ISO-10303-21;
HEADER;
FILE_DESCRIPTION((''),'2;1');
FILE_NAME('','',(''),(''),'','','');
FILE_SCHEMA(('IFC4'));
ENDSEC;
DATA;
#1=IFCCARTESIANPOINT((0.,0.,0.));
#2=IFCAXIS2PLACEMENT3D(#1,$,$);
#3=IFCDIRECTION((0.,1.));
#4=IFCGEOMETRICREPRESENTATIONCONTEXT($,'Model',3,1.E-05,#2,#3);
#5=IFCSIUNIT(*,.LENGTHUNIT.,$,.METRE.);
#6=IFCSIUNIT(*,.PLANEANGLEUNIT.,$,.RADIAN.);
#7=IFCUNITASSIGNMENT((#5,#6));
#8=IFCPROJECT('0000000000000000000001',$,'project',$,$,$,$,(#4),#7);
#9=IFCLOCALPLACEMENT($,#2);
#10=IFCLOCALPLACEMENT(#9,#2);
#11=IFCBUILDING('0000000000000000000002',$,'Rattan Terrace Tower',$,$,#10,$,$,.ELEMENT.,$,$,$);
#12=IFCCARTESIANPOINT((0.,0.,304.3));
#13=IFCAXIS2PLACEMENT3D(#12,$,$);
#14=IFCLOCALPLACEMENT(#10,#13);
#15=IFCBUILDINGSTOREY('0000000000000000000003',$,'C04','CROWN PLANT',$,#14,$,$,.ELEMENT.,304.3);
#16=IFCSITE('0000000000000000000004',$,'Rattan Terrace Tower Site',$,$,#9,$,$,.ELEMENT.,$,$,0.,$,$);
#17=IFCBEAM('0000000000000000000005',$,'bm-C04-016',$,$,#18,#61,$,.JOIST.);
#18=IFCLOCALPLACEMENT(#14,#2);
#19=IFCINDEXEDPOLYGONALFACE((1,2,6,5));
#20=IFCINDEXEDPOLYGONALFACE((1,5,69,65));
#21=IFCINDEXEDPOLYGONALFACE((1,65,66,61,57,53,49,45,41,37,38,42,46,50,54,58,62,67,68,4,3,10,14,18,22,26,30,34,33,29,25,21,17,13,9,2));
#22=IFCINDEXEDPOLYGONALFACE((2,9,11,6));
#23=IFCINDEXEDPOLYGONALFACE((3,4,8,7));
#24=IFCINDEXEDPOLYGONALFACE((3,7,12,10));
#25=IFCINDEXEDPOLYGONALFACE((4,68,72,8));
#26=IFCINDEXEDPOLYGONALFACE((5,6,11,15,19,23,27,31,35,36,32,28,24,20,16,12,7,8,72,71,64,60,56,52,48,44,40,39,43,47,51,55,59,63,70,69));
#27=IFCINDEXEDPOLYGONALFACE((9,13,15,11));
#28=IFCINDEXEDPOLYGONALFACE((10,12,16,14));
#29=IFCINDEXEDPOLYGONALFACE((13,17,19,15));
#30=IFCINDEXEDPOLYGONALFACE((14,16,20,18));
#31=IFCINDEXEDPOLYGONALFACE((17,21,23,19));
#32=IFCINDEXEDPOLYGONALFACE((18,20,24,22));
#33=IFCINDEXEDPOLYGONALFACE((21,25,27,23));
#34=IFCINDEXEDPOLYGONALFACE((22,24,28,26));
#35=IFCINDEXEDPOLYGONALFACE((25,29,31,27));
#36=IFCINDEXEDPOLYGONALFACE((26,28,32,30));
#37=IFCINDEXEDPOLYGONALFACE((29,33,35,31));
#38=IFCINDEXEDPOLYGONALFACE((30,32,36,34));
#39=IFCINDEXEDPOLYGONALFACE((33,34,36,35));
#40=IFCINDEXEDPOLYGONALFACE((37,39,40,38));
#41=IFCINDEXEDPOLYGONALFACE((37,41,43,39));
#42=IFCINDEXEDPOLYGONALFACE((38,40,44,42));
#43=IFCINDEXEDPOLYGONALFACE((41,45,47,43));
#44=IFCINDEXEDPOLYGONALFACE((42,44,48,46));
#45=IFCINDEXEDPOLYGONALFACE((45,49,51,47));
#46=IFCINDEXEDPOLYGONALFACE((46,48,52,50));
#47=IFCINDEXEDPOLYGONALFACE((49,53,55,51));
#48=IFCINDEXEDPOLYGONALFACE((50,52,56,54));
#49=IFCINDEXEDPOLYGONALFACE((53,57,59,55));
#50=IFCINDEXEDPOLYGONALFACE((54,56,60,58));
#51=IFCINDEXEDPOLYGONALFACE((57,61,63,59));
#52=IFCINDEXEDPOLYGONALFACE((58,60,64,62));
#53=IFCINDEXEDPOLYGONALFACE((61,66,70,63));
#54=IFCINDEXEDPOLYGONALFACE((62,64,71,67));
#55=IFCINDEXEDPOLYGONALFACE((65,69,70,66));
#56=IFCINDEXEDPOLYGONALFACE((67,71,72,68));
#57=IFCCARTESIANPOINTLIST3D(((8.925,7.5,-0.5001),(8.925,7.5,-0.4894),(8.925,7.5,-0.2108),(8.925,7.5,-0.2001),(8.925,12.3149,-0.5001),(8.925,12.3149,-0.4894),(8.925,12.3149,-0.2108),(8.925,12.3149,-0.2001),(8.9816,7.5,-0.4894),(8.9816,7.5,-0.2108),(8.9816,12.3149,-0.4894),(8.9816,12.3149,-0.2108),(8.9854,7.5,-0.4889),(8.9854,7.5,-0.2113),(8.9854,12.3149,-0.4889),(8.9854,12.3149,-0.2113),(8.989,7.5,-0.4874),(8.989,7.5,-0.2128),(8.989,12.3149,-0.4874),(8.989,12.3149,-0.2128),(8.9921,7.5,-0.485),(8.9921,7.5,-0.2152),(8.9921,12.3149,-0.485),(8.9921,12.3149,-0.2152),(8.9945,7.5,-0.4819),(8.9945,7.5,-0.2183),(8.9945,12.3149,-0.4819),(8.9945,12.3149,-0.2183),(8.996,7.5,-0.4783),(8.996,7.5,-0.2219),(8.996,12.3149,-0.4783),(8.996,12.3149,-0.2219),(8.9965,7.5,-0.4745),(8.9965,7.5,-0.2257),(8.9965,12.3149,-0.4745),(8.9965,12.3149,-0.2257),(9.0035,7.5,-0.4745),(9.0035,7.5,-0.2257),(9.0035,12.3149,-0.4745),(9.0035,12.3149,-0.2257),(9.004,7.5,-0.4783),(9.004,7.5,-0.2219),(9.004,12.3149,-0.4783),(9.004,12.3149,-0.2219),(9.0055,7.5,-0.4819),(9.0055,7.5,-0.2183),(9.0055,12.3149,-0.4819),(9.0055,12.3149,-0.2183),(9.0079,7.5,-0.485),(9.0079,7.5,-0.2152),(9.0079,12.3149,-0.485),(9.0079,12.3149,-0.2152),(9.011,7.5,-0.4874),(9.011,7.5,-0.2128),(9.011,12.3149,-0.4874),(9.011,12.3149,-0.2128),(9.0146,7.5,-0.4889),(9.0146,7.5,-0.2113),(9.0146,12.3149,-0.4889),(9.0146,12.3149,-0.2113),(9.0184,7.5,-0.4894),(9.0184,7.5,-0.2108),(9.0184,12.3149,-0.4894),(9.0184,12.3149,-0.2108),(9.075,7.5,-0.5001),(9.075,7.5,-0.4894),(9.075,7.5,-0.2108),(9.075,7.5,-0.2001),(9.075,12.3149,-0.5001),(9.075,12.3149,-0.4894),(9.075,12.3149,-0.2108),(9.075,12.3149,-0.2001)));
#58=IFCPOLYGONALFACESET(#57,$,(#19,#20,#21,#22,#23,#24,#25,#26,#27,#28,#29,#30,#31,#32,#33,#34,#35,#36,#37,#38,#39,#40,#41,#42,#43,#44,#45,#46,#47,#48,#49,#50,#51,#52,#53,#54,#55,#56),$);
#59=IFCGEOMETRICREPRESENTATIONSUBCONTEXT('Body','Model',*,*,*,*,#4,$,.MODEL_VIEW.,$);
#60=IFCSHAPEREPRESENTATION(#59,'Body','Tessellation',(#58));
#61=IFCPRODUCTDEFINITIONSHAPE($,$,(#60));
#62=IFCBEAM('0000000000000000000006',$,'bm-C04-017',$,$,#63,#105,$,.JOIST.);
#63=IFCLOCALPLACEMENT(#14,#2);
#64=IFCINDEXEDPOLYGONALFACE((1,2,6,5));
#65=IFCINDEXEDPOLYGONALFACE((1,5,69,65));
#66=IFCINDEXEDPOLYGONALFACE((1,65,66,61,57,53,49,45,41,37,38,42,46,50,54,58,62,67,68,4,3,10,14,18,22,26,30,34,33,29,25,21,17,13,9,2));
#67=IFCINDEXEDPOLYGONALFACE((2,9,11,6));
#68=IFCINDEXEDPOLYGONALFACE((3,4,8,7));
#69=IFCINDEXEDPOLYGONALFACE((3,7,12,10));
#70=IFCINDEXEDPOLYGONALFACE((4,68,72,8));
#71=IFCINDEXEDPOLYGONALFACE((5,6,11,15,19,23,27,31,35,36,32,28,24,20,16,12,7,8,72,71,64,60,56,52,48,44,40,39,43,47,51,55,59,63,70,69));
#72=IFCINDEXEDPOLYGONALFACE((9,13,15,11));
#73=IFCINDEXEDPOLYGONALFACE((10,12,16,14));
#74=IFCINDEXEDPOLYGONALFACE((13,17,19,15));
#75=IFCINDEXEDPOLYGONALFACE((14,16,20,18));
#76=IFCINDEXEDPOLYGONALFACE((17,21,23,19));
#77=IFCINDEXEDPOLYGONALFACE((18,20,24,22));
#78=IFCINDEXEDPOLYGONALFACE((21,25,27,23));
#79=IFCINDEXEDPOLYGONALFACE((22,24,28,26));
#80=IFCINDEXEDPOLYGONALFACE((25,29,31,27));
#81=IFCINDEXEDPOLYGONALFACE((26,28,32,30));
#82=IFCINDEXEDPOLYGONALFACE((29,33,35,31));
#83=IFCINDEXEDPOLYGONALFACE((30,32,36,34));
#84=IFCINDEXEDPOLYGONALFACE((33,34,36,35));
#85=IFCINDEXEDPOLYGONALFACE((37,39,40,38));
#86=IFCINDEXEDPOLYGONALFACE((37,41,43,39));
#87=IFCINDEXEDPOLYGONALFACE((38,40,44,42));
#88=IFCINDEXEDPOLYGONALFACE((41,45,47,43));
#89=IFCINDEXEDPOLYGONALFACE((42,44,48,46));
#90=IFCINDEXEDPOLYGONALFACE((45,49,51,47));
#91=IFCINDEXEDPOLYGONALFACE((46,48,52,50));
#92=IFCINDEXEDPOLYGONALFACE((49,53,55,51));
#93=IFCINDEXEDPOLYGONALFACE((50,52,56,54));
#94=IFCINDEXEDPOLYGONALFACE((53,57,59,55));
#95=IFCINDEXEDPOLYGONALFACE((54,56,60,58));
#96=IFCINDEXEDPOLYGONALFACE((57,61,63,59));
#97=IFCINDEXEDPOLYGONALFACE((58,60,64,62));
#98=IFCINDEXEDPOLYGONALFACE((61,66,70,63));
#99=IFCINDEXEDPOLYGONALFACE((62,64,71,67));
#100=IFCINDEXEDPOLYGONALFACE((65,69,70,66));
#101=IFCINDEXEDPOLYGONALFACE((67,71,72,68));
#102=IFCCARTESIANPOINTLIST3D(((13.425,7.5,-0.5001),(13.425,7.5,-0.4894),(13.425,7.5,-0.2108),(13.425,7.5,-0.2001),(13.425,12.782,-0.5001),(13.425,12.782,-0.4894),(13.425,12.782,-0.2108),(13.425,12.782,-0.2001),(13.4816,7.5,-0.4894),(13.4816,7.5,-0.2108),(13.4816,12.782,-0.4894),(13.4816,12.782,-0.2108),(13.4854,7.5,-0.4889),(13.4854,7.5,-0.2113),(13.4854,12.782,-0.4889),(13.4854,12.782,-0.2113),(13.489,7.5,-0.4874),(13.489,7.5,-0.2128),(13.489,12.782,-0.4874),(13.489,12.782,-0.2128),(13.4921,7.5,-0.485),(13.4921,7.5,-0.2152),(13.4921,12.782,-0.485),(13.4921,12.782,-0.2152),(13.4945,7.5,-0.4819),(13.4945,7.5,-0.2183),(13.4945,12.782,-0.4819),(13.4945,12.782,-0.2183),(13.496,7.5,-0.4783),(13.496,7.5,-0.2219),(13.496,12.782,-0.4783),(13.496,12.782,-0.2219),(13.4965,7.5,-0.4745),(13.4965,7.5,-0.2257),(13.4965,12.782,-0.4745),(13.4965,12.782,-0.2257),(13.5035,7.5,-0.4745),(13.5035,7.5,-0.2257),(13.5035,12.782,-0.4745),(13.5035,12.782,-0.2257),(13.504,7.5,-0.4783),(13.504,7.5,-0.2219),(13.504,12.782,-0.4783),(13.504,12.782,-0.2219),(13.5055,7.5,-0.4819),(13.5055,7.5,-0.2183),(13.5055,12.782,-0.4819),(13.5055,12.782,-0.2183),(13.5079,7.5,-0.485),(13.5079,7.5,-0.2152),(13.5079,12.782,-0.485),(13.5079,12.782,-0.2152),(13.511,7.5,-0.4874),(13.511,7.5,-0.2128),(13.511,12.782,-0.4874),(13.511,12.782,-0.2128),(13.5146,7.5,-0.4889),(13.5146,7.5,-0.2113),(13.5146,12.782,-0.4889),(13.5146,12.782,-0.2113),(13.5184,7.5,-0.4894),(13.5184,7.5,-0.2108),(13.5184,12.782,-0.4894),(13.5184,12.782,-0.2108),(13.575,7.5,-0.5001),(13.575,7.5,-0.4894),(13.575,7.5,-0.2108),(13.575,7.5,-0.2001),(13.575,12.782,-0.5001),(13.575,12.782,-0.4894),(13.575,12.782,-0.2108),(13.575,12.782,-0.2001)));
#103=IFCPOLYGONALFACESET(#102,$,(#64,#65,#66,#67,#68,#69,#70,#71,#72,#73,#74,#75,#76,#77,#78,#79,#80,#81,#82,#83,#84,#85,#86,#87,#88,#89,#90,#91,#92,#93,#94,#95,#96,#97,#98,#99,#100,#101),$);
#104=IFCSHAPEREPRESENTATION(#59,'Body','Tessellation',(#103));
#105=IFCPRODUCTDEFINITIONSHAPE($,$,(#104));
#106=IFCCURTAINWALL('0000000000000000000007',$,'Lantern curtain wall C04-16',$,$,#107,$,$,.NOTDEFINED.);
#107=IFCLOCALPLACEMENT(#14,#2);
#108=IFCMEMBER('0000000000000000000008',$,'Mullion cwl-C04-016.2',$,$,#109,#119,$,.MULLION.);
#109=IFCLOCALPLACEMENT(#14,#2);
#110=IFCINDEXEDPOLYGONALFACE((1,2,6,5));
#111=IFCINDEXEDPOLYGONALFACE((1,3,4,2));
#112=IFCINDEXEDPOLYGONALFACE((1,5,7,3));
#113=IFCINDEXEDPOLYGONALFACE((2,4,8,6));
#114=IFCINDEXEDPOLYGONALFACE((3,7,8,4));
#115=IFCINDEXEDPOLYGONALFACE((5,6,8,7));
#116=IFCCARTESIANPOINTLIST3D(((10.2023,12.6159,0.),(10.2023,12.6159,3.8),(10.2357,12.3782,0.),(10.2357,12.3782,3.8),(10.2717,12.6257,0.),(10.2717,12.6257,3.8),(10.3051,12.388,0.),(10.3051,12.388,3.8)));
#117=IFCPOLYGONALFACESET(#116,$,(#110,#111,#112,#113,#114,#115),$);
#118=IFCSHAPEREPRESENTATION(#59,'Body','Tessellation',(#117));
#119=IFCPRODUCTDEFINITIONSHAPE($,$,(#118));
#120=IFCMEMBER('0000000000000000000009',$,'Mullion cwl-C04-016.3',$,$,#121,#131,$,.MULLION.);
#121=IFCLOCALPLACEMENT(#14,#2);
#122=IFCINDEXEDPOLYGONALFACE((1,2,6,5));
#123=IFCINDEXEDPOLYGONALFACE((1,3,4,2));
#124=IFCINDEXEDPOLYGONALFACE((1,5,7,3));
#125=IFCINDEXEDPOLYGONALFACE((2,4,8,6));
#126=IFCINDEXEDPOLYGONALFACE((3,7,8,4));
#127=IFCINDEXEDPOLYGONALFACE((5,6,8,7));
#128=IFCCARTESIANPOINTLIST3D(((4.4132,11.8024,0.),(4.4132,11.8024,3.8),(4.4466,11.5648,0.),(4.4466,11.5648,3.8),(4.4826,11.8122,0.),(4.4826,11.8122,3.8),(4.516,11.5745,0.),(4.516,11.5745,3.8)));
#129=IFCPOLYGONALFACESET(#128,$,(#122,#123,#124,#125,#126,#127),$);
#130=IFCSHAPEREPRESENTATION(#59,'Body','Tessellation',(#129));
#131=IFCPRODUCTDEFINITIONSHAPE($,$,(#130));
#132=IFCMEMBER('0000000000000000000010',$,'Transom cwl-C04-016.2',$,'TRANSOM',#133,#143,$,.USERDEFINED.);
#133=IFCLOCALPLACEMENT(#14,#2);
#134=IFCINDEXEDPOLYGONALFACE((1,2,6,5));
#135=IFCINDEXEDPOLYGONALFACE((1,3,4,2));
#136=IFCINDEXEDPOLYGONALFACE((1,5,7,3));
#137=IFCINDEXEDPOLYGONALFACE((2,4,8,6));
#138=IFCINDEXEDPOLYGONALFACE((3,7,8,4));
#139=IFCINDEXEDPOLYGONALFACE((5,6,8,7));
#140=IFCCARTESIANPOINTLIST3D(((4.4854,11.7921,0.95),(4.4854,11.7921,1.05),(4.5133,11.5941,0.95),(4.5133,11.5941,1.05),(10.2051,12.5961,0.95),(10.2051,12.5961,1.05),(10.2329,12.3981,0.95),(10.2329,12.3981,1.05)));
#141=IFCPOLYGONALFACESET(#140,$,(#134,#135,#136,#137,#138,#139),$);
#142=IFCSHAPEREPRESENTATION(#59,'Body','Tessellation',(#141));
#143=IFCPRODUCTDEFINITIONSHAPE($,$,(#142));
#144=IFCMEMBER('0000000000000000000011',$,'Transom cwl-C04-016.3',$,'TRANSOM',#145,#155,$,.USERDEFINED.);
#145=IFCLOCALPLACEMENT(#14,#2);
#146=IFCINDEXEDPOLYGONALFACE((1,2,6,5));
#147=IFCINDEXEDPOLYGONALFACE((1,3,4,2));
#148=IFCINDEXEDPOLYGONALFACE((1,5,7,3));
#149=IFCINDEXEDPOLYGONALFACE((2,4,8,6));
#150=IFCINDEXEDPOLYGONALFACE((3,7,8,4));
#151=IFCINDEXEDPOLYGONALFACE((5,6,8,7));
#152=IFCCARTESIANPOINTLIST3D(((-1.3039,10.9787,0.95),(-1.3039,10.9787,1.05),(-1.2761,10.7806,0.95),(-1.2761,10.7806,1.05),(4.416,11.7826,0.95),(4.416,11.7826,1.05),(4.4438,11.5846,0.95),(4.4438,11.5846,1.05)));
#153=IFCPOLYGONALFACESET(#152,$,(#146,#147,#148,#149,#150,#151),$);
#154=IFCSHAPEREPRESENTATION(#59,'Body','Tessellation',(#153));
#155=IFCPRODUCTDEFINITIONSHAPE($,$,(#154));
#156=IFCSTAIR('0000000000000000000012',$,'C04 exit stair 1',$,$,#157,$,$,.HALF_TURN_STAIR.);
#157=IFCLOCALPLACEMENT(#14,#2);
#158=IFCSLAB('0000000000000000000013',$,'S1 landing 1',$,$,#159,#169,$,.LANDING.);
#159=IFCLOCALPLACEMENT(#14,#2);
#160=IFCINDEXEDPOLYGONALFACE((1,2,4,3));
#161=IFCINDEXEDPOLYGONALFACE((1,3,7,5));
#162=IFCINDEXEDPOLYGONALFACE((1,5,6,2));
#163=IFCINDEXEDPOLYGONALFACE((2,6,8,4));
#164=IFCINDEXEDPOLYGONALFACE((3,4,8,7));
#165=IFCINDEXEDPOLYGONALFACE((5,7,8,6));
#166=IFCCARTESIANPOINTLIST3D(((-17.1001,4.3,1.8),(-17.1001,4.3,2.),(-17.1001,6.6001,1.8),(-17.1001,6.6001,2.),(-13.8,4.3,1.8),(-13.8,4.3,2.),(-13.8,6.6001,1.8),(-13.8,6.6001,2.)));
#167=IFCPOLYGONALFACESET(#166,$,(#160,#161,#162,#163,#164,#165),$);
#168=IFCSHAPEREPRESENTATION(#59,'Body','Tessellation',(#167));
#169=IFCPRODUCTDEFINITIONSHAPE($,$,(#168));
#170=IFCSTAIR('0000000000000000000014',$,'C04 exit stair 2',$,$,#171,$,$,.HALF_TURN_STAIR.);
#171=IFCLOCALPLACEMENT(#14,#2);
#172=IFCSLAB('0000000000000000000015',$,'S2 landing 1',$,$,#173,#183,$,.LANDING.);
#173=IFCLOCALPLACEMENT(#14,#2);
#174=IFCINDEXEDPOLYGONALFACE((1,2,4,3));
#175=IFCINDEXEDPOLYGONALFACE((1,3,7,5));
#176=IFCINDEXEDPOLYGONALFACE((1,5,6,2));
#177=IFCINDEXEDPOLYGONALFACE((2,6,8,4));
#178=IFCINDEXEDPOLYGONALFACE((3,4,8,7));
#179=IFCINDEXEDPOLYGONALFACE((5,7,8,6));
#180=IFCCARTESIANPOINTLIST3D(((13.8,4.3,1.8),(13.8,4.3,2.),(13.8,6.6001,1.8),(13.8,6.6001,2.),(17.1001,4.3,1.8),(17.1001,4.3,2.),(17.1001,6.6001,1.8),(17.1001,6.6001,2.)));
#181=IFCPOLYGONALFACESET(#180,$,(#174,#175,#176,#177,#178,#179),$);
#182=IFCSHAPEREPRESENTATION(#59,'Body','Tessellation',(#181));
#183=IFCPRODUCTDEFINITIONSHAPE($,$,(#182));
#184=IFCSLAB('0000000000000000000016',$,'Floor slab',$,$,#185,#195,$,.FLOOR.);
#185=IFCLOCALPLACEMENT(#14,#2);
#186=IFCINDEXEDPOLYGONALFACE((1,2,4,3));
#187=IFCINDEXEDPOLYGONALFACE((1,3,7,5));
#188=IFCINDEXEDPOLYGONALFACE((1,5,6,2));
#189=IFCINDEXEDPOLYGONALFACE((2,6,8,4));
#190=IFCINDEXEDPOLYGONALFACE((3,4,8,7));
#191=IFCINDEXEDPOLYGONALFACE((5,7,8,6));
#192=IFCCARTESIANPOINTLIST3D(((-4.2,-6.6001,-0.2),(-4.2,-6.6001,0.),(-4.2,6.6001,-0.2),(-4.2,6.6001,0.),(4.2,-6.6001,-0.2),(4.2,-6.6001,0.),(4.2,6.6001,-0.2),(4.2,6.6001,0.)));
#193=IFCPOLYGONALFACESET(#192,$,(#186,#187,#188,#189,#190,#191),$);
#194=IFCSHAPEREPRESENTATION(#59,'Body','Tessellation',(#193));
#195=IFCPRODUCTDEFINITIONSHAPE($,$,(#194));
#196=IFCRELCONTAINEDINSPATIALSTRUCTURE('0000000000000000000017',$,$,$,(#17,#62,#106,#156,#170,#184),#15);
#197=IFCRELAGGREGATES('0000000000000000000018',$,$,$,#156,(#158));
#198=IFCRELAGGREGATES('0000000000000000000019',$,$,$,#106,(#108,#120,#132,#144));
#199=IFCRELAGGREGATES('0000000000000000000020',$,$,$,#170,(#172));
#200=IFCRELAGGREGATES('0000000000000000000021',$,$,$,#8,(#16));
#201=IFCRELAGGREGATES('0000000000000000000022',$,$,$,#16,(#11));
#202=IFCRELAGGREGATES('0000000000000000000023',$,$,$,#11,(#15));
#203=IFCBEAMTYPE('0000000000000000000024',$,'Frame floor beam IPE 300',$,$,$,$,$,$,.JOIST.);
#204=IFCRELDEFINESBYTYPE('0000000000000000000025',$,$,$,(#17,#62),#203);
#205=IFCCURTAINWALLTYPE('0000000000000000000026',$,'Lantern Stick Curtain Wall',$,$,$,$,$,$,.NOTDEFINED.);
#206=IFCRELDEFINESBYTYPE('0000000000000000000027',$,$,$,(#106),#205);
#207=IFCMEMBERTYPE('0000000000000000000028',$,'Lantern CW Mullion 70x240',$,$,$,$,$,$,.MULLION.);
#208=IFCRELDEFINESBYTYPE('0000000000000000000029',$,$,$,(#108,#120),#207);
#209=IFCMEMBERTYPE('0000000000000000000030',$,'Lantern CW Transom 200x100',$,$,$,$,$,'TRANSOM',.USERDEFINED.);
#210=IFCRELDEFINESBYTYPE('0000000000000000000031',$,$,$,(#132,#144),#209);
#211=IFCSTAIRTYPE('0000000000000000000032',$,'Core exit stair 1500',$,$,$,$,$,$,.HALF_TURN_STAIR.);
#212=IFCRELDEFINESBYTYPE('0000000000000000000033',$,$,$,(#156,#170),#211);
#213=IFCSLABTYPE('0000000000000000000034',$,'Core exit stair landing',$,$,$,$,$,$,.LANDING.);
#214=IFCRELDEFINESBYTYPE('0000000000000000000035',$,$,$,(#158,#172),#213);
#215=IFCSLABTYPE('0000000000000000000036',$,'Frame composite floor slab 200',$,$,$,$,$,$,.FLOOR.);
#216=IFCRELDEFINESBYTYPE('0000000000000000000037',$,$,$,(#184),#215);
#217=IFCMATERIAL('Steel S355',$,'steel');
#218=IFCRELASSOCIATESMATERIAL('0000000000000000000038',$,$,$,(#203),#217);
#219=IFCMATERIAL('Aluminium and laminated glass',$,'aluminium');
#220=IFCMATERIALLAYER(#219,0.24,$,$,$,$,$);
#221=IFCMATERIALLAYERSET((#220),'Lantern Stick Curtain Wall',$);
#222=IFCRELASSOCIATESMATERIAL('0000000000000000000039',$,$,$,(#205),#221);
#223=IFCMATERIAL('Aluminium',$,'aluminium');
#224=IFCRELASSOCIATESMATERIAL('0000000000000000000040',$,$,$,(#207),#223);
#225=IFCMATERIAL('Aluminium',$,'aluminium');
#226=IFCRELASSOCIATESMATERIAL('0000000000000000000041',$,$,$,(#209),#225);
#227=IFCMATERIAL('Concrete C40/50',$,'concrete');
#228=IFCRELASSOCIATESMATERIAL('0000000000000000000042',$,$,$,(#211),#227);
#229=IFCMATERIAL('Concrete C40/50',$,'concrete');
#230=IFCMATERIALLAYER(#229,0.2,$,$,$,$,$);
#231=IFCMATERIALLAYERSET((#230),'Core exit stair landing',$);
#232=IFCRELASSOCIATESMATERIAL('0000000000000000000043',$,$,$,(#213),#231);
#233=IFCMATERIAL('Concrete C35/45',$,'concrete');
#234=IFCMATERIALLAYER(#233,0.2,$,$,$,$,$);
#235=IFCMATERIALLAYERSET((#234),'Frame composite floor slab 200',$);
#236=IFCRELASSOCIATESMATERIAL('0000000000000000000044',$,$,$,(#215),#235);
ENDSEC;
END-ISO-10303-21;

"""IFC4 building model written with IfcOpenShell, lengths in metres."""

from ifc_helpers import new_model, si_unit, direction, frame, origin, origin_2d, place, context, subcontext, project, spatial, polyline, rectangle, i_section, outline, extrude, material, layer, layer_set, material_profile, profile_set, type_object, element, aggregate, save


model = new_model("IFC4")

# Units and contexts
model_context = context("Model", 3, precision=1e-05, world=origin(), true_north=direction((0.0, 1.0)))
body_context = subcontext(model_context, "Body", "Model", "MODEL_VIEW")
ifc_project = project(units=[si_unit("LENGTHUNIT", "METRE"), si_unit("PLANEANGLEUNIT", "RADIAN")], contexts=[model_context])

# Site, building, storey
site_placement = place(None, origin())
site = spatial("IfcSite", under=ifc_project, at=site_placement, Name="Rattan Terrace Tower Site", CompositionType="ELEMENT", RefElevation=0.0)
building_placement = place(site_placement, origin())
building = spatial("IfcBuilding", under=site, at=building_placement, Name="Rattan Terrace Tower", CompositionType="ELEMENT")
storey_placement = place(building_placement, frame((0.0, 0.0, 304.3)))
storey = spatial("IfcBuildingStorey", under=building, at=storey_placement, Name="C04", Description="CROWN PLANT", CompositionType="ELEMENT", Elevation=304.3)

# Beams
ifc_material_1 = material(Name="Steel S355", Category="steel")
ifc_material_profile_1 = material_profile(ifc_material_1, i_section(OverallWidth=0.1499, OverallDepth=0.3, WebThickness=0.0071, FlangeThickness=0.0107, FilletRadius=0.0149, at=origin_2d()), Name="IPE 300")
ifc_profile_set_1 = profile_set([ifc_material_profile_1], Name="Steel S355")
beam_type_1 = type_object("IfcBeamType", Name="Frame floor beam IPE 300", PredefinedType="JOIST", material=ifc_profile_set_1)
beam_1_placement = place(storey_placement, frame((9.0, 7.5, -0.3501), z_axis=(0.0, 1.0, 0.0), x_axis=(-1.0, 0.0, 0.0)))
element("IfcBeam", 1, at=beam_1_placement, inside=storey, type_object=beam_type_1, Name="bm-C04-016", PredefinedType="JOIST", context=body_context, shape_type="SweptSolid", body=[
    extrude(i_section(OverallWidth=0.1499, OverallDepth=0.3, WebThickness=0.0071, FlangeThickness=0.0107, FilletRadius=0.0149, at=origin_2d()), origin(), (0.0, 0.0, 1.0), 4.8149),
])
beam_2_placement = place(storey_placement, frame((13.5, 7.5, -0.3501), z_axis=(0.0, 1.0, 0.0), x_axis=(-1.0, 0.0, 0.0)))
element("IfcBeam", 2, at=beam_2_placement, inside=storey, type_object=beam_type_1, Name="bm-C04-017", PredefinedType="JOIST", context=body_context, shape_type="SweptSolid", body=[
    extrude(i_section(OverallWidth=0.1499, OverallDepth=0.3, WebThickness=0.0071, FlangeThickness=0.0107, FilletRadius=0.0149, at=origin_2d()), origin(), (0.0, 0.0, 1.0), 5.282),
])

# Curtain wall, members
ifc_material_2 = material(Name="Aluminium and laminated glass", Category="aluminium")
ifc_layer_1 = layer(ifc_material_2, 0.24)
ifc_layer_set_1 = layer_set([ifc_layer_1], Name="Lantern Stick Curtain Wall")
curtain_wall_type = type_object("IfcCurtainWallType", Name="Lantern Stick Curtain Wall", PredefinedType="NOTDEFINED", material=ifc_layer_set_1)
curtain_wall_placement = place(storey_placement, origin())
curtain_wall = element("IfcCurtainWall", 3, at=curtain_wall_placement, inside=storey, type_object=curtain_wall_type, Name="Lantern curtain wall C04-16", PredefinedType="NOTDEFINED")
ifc_material_3 = material(Name="Aluminium", Category="aluminium")
ifc_material_profile_2 = material_profile(ifc_material_3, rectangle(XDim=0.0701, YDim=0.24, at=origin_2d()), Name="Aluminium 70x240")
ifc_profile_set_2 = profile_set([ifc_material_profile_2], Name="Aluminium")
member_type_1 = type_object("IfcMemberType", Name="Lantern CW Mullion 70x240", PredefinedType="MULLION", material=ifc_profile_set_2)
member_1_placement = place(storey_placement, frame((10.2537, 12.502, 0.0), z_axis=(0.0, 0.0, 1.0), x_axis=(-0.990267, -0.139181, 0.0)))
member_1 = element("IfcMember", 4, at=member_1_placement, type_object=member_type_1, Name="Mullion cwl-C04-016.2", PredefinedType="MULLION", context=body_context, shape_type="SweptSolid", body=[
    extrude(rectangle(XDim=0.0701, YDim=0.24, at=origin_2d()), origin(), (0.0, 0.0, 1.0), 3.8),
])
member_2_placement = place(storey_placement, frame((4.4646, 11.6885, 0.0), z_axis=(0.0, 0.0, 1.0), x_axis=(-0.990267, -0.139181, 0.0)))
member_2 = element("IfcMember", 5, at=member_2_placement, type_object=member_type_1, Name="Mullion cwl-C04-016.3", PredefinedType="MULLION", context=body_context, shape_type="SweptSolid", body=[
    extrude(rectangle(XDim=0.0701, YDim=0.24, at=origin_2d()), origin(), (0.0, 0.0, 1.0), 3.8),
])
ifc_material_4 = material(Name="Aluminium", Category="aluminium")
ifc_material_profile_3 = material_profile(ifc_material_4, rectangle(XDim=0.2, YDim=0.1001, at=origin_2d()), Name="Aluminium 200x100")
ifc_profile_set_3 = profile_set([ifc_material_profile_3], Name="Aluminium")
member_type_2 = type_object("IfcMemberType", Name="Lantern CW Transom 200x100", ElementType="TRANSOM", PredefinedType="USERDEFINED", material=ifc_profile_set_3)
member_3_placement = place(storey_placement, frame((10.219, 12.4971, 1.0), z_axis=(-0.990266, -0.13919, 0.0), x_axis=(0.13919, -0.990266, 0.0)))
member_3 = element("IfcMember", 6, at=member_3_placement, type_object=member_type_2, Name="Transom cwl-C04-016.2", ObjectType="TRANSOM", PredefinedType="USERDEFINED", context=body_context, shape_type="SweptSolid", body=[
    extrude(rectangle(XDim=0.2, YDim=0.1001, at=origin_2d()), origin(), (0.0, 0.0, 1.0), 5.7759),
])
member_4_placement = place(storey_placement, frame((4.4299, 11.6836, 1.0), z_axis=(-0.990267, -0.139184, 0.0), x_axis=(0.139184, -0.990267, 0.0)))
member_4 = element("IfcMember", 7, at=member_4_placement, type_object=member_type_2, Name="Transom cwl-C04-016.3", ObjectType="TRANSOM", PredefinedType="USERDEFINED", context=body_context, shape_type="SweptSolid", body=[
    extrude(rectangle(XDim=0.2, YDim=0.1001, at=origin_2d()), origin(), (0.0, 0.0, 1.0), 5.7761),
])

# Stairs, slabs
ifc_material_5 = material(Name="Concrete C40/50", Category="concrete")
stair_type = type_object("IfcStairType", Name="Core exit stair 1500", PredefinedType="HALF_TURN_STAIR", material=ifc_material_5)
stair_1_placement = place(storey_placement, origin())
stair_1 = element("IfcStair", 8, at=stair_1_placement, inside=storey, type_object=stair_type, Name="C04 exit stair 1", PredefinedType="HALF_TURN_STAIR")
ifc_material_6 = material(Name="Concrete C40/50", Category="concrete")
ifc_layer_2 = layer(ifc_material_6, 0.2)
ifc_layer_set_2 = layer_set([ifc_layer_2], Name="Core exit stair landing")
slab_type_1 = type_object("IfcSlabType", Name="Core exit stair landing", PredefinedType="LANDING", material=ifc_layer_set_2)
slab_1_placement = place(storey_placement, frame((0.0, 0.0, 1.8)))
slab_1 = element("IfcSlab", 9, at=slab_1_placement, type_object=slab_type_1, Name="S1 landing 1", PredefinedType="LANDING", context=body_context, shape_type="SweptSolid", body=[
    extrude(outline(polyline([(-13.8, 4.3), (-13.8, 6.6001), (-17.1001, 6.6001), (-17.1001, 4.3), (-13.8, 4.3)])), origin(), (0.0, 0.0, 1.0), 0.2),
])
aggregate(stair_1, [slab_1])
stair_2_placement = place(storey_placement, origin())
stair_2 = element("IfcStair", 10, at=stair_2_placement, inside=storey, type_object=stair_type, Name="C04 exit stair 2", PredefinedType="HALF_TURN_STAIR")
slab_2_placement = place(storey_placement, frame((0.0, 0.0, 1.8)))
slab_2 = element("IfcSlab", 11, at=slab_2_placement, type_object=slab_type_1, Name="S2 landing 1", PredefinedType="LANDING", context=body_context, shape_type="SweptSolid", body=[
    extrude(outline(polyline([(17.1001, 4.3), (17.1001, 6.6001), (13.8, 6.6001), (13.8, 4.3), (17.1001, 4.3)])), origin(), (0.0, 0.0, 1.0), 0.2),
])

# Slab
ifc_material_7 = material(Name="Concrete C35/45", Category="concrete")
ifc_layer_3 = layer(ifc_material_7, 0.2)
ifc_layer_set_3 = layer_set([ifc_layer_3], Name="Frame composite floor slab 200")
slab_type_2 = type_object("IfcSlabType", Name="Frame composite floor slab 200", PredefinedType="FLOOR", material=ifc_layer_set_3)
slab_3_placement = place(storey_placement, frame((0.0, 0.0, -0.2)))
element("IfcSlab", 12, at=slab_3_placement, inside=storey, type_object=slab_type_2, Name="Floor slab", PredefinedType="FLOOR", context=body_context, shape_type="SweptSolid", body=[
    extrude(outline(polyline([(-4.2, 6.6001), (-4.2, -6.6001), (4.2, -6.6001), (4.2, 6.6001), (-4.2, 6.6001)])), origin(), (0.0, 0.0, 1.0), 0.2),
])

aggregate(curtain_wall, [member_1, member_2, member_3, member_4])

aggregate(stair_2, [slab_2])

save(model, "model.ifc")
